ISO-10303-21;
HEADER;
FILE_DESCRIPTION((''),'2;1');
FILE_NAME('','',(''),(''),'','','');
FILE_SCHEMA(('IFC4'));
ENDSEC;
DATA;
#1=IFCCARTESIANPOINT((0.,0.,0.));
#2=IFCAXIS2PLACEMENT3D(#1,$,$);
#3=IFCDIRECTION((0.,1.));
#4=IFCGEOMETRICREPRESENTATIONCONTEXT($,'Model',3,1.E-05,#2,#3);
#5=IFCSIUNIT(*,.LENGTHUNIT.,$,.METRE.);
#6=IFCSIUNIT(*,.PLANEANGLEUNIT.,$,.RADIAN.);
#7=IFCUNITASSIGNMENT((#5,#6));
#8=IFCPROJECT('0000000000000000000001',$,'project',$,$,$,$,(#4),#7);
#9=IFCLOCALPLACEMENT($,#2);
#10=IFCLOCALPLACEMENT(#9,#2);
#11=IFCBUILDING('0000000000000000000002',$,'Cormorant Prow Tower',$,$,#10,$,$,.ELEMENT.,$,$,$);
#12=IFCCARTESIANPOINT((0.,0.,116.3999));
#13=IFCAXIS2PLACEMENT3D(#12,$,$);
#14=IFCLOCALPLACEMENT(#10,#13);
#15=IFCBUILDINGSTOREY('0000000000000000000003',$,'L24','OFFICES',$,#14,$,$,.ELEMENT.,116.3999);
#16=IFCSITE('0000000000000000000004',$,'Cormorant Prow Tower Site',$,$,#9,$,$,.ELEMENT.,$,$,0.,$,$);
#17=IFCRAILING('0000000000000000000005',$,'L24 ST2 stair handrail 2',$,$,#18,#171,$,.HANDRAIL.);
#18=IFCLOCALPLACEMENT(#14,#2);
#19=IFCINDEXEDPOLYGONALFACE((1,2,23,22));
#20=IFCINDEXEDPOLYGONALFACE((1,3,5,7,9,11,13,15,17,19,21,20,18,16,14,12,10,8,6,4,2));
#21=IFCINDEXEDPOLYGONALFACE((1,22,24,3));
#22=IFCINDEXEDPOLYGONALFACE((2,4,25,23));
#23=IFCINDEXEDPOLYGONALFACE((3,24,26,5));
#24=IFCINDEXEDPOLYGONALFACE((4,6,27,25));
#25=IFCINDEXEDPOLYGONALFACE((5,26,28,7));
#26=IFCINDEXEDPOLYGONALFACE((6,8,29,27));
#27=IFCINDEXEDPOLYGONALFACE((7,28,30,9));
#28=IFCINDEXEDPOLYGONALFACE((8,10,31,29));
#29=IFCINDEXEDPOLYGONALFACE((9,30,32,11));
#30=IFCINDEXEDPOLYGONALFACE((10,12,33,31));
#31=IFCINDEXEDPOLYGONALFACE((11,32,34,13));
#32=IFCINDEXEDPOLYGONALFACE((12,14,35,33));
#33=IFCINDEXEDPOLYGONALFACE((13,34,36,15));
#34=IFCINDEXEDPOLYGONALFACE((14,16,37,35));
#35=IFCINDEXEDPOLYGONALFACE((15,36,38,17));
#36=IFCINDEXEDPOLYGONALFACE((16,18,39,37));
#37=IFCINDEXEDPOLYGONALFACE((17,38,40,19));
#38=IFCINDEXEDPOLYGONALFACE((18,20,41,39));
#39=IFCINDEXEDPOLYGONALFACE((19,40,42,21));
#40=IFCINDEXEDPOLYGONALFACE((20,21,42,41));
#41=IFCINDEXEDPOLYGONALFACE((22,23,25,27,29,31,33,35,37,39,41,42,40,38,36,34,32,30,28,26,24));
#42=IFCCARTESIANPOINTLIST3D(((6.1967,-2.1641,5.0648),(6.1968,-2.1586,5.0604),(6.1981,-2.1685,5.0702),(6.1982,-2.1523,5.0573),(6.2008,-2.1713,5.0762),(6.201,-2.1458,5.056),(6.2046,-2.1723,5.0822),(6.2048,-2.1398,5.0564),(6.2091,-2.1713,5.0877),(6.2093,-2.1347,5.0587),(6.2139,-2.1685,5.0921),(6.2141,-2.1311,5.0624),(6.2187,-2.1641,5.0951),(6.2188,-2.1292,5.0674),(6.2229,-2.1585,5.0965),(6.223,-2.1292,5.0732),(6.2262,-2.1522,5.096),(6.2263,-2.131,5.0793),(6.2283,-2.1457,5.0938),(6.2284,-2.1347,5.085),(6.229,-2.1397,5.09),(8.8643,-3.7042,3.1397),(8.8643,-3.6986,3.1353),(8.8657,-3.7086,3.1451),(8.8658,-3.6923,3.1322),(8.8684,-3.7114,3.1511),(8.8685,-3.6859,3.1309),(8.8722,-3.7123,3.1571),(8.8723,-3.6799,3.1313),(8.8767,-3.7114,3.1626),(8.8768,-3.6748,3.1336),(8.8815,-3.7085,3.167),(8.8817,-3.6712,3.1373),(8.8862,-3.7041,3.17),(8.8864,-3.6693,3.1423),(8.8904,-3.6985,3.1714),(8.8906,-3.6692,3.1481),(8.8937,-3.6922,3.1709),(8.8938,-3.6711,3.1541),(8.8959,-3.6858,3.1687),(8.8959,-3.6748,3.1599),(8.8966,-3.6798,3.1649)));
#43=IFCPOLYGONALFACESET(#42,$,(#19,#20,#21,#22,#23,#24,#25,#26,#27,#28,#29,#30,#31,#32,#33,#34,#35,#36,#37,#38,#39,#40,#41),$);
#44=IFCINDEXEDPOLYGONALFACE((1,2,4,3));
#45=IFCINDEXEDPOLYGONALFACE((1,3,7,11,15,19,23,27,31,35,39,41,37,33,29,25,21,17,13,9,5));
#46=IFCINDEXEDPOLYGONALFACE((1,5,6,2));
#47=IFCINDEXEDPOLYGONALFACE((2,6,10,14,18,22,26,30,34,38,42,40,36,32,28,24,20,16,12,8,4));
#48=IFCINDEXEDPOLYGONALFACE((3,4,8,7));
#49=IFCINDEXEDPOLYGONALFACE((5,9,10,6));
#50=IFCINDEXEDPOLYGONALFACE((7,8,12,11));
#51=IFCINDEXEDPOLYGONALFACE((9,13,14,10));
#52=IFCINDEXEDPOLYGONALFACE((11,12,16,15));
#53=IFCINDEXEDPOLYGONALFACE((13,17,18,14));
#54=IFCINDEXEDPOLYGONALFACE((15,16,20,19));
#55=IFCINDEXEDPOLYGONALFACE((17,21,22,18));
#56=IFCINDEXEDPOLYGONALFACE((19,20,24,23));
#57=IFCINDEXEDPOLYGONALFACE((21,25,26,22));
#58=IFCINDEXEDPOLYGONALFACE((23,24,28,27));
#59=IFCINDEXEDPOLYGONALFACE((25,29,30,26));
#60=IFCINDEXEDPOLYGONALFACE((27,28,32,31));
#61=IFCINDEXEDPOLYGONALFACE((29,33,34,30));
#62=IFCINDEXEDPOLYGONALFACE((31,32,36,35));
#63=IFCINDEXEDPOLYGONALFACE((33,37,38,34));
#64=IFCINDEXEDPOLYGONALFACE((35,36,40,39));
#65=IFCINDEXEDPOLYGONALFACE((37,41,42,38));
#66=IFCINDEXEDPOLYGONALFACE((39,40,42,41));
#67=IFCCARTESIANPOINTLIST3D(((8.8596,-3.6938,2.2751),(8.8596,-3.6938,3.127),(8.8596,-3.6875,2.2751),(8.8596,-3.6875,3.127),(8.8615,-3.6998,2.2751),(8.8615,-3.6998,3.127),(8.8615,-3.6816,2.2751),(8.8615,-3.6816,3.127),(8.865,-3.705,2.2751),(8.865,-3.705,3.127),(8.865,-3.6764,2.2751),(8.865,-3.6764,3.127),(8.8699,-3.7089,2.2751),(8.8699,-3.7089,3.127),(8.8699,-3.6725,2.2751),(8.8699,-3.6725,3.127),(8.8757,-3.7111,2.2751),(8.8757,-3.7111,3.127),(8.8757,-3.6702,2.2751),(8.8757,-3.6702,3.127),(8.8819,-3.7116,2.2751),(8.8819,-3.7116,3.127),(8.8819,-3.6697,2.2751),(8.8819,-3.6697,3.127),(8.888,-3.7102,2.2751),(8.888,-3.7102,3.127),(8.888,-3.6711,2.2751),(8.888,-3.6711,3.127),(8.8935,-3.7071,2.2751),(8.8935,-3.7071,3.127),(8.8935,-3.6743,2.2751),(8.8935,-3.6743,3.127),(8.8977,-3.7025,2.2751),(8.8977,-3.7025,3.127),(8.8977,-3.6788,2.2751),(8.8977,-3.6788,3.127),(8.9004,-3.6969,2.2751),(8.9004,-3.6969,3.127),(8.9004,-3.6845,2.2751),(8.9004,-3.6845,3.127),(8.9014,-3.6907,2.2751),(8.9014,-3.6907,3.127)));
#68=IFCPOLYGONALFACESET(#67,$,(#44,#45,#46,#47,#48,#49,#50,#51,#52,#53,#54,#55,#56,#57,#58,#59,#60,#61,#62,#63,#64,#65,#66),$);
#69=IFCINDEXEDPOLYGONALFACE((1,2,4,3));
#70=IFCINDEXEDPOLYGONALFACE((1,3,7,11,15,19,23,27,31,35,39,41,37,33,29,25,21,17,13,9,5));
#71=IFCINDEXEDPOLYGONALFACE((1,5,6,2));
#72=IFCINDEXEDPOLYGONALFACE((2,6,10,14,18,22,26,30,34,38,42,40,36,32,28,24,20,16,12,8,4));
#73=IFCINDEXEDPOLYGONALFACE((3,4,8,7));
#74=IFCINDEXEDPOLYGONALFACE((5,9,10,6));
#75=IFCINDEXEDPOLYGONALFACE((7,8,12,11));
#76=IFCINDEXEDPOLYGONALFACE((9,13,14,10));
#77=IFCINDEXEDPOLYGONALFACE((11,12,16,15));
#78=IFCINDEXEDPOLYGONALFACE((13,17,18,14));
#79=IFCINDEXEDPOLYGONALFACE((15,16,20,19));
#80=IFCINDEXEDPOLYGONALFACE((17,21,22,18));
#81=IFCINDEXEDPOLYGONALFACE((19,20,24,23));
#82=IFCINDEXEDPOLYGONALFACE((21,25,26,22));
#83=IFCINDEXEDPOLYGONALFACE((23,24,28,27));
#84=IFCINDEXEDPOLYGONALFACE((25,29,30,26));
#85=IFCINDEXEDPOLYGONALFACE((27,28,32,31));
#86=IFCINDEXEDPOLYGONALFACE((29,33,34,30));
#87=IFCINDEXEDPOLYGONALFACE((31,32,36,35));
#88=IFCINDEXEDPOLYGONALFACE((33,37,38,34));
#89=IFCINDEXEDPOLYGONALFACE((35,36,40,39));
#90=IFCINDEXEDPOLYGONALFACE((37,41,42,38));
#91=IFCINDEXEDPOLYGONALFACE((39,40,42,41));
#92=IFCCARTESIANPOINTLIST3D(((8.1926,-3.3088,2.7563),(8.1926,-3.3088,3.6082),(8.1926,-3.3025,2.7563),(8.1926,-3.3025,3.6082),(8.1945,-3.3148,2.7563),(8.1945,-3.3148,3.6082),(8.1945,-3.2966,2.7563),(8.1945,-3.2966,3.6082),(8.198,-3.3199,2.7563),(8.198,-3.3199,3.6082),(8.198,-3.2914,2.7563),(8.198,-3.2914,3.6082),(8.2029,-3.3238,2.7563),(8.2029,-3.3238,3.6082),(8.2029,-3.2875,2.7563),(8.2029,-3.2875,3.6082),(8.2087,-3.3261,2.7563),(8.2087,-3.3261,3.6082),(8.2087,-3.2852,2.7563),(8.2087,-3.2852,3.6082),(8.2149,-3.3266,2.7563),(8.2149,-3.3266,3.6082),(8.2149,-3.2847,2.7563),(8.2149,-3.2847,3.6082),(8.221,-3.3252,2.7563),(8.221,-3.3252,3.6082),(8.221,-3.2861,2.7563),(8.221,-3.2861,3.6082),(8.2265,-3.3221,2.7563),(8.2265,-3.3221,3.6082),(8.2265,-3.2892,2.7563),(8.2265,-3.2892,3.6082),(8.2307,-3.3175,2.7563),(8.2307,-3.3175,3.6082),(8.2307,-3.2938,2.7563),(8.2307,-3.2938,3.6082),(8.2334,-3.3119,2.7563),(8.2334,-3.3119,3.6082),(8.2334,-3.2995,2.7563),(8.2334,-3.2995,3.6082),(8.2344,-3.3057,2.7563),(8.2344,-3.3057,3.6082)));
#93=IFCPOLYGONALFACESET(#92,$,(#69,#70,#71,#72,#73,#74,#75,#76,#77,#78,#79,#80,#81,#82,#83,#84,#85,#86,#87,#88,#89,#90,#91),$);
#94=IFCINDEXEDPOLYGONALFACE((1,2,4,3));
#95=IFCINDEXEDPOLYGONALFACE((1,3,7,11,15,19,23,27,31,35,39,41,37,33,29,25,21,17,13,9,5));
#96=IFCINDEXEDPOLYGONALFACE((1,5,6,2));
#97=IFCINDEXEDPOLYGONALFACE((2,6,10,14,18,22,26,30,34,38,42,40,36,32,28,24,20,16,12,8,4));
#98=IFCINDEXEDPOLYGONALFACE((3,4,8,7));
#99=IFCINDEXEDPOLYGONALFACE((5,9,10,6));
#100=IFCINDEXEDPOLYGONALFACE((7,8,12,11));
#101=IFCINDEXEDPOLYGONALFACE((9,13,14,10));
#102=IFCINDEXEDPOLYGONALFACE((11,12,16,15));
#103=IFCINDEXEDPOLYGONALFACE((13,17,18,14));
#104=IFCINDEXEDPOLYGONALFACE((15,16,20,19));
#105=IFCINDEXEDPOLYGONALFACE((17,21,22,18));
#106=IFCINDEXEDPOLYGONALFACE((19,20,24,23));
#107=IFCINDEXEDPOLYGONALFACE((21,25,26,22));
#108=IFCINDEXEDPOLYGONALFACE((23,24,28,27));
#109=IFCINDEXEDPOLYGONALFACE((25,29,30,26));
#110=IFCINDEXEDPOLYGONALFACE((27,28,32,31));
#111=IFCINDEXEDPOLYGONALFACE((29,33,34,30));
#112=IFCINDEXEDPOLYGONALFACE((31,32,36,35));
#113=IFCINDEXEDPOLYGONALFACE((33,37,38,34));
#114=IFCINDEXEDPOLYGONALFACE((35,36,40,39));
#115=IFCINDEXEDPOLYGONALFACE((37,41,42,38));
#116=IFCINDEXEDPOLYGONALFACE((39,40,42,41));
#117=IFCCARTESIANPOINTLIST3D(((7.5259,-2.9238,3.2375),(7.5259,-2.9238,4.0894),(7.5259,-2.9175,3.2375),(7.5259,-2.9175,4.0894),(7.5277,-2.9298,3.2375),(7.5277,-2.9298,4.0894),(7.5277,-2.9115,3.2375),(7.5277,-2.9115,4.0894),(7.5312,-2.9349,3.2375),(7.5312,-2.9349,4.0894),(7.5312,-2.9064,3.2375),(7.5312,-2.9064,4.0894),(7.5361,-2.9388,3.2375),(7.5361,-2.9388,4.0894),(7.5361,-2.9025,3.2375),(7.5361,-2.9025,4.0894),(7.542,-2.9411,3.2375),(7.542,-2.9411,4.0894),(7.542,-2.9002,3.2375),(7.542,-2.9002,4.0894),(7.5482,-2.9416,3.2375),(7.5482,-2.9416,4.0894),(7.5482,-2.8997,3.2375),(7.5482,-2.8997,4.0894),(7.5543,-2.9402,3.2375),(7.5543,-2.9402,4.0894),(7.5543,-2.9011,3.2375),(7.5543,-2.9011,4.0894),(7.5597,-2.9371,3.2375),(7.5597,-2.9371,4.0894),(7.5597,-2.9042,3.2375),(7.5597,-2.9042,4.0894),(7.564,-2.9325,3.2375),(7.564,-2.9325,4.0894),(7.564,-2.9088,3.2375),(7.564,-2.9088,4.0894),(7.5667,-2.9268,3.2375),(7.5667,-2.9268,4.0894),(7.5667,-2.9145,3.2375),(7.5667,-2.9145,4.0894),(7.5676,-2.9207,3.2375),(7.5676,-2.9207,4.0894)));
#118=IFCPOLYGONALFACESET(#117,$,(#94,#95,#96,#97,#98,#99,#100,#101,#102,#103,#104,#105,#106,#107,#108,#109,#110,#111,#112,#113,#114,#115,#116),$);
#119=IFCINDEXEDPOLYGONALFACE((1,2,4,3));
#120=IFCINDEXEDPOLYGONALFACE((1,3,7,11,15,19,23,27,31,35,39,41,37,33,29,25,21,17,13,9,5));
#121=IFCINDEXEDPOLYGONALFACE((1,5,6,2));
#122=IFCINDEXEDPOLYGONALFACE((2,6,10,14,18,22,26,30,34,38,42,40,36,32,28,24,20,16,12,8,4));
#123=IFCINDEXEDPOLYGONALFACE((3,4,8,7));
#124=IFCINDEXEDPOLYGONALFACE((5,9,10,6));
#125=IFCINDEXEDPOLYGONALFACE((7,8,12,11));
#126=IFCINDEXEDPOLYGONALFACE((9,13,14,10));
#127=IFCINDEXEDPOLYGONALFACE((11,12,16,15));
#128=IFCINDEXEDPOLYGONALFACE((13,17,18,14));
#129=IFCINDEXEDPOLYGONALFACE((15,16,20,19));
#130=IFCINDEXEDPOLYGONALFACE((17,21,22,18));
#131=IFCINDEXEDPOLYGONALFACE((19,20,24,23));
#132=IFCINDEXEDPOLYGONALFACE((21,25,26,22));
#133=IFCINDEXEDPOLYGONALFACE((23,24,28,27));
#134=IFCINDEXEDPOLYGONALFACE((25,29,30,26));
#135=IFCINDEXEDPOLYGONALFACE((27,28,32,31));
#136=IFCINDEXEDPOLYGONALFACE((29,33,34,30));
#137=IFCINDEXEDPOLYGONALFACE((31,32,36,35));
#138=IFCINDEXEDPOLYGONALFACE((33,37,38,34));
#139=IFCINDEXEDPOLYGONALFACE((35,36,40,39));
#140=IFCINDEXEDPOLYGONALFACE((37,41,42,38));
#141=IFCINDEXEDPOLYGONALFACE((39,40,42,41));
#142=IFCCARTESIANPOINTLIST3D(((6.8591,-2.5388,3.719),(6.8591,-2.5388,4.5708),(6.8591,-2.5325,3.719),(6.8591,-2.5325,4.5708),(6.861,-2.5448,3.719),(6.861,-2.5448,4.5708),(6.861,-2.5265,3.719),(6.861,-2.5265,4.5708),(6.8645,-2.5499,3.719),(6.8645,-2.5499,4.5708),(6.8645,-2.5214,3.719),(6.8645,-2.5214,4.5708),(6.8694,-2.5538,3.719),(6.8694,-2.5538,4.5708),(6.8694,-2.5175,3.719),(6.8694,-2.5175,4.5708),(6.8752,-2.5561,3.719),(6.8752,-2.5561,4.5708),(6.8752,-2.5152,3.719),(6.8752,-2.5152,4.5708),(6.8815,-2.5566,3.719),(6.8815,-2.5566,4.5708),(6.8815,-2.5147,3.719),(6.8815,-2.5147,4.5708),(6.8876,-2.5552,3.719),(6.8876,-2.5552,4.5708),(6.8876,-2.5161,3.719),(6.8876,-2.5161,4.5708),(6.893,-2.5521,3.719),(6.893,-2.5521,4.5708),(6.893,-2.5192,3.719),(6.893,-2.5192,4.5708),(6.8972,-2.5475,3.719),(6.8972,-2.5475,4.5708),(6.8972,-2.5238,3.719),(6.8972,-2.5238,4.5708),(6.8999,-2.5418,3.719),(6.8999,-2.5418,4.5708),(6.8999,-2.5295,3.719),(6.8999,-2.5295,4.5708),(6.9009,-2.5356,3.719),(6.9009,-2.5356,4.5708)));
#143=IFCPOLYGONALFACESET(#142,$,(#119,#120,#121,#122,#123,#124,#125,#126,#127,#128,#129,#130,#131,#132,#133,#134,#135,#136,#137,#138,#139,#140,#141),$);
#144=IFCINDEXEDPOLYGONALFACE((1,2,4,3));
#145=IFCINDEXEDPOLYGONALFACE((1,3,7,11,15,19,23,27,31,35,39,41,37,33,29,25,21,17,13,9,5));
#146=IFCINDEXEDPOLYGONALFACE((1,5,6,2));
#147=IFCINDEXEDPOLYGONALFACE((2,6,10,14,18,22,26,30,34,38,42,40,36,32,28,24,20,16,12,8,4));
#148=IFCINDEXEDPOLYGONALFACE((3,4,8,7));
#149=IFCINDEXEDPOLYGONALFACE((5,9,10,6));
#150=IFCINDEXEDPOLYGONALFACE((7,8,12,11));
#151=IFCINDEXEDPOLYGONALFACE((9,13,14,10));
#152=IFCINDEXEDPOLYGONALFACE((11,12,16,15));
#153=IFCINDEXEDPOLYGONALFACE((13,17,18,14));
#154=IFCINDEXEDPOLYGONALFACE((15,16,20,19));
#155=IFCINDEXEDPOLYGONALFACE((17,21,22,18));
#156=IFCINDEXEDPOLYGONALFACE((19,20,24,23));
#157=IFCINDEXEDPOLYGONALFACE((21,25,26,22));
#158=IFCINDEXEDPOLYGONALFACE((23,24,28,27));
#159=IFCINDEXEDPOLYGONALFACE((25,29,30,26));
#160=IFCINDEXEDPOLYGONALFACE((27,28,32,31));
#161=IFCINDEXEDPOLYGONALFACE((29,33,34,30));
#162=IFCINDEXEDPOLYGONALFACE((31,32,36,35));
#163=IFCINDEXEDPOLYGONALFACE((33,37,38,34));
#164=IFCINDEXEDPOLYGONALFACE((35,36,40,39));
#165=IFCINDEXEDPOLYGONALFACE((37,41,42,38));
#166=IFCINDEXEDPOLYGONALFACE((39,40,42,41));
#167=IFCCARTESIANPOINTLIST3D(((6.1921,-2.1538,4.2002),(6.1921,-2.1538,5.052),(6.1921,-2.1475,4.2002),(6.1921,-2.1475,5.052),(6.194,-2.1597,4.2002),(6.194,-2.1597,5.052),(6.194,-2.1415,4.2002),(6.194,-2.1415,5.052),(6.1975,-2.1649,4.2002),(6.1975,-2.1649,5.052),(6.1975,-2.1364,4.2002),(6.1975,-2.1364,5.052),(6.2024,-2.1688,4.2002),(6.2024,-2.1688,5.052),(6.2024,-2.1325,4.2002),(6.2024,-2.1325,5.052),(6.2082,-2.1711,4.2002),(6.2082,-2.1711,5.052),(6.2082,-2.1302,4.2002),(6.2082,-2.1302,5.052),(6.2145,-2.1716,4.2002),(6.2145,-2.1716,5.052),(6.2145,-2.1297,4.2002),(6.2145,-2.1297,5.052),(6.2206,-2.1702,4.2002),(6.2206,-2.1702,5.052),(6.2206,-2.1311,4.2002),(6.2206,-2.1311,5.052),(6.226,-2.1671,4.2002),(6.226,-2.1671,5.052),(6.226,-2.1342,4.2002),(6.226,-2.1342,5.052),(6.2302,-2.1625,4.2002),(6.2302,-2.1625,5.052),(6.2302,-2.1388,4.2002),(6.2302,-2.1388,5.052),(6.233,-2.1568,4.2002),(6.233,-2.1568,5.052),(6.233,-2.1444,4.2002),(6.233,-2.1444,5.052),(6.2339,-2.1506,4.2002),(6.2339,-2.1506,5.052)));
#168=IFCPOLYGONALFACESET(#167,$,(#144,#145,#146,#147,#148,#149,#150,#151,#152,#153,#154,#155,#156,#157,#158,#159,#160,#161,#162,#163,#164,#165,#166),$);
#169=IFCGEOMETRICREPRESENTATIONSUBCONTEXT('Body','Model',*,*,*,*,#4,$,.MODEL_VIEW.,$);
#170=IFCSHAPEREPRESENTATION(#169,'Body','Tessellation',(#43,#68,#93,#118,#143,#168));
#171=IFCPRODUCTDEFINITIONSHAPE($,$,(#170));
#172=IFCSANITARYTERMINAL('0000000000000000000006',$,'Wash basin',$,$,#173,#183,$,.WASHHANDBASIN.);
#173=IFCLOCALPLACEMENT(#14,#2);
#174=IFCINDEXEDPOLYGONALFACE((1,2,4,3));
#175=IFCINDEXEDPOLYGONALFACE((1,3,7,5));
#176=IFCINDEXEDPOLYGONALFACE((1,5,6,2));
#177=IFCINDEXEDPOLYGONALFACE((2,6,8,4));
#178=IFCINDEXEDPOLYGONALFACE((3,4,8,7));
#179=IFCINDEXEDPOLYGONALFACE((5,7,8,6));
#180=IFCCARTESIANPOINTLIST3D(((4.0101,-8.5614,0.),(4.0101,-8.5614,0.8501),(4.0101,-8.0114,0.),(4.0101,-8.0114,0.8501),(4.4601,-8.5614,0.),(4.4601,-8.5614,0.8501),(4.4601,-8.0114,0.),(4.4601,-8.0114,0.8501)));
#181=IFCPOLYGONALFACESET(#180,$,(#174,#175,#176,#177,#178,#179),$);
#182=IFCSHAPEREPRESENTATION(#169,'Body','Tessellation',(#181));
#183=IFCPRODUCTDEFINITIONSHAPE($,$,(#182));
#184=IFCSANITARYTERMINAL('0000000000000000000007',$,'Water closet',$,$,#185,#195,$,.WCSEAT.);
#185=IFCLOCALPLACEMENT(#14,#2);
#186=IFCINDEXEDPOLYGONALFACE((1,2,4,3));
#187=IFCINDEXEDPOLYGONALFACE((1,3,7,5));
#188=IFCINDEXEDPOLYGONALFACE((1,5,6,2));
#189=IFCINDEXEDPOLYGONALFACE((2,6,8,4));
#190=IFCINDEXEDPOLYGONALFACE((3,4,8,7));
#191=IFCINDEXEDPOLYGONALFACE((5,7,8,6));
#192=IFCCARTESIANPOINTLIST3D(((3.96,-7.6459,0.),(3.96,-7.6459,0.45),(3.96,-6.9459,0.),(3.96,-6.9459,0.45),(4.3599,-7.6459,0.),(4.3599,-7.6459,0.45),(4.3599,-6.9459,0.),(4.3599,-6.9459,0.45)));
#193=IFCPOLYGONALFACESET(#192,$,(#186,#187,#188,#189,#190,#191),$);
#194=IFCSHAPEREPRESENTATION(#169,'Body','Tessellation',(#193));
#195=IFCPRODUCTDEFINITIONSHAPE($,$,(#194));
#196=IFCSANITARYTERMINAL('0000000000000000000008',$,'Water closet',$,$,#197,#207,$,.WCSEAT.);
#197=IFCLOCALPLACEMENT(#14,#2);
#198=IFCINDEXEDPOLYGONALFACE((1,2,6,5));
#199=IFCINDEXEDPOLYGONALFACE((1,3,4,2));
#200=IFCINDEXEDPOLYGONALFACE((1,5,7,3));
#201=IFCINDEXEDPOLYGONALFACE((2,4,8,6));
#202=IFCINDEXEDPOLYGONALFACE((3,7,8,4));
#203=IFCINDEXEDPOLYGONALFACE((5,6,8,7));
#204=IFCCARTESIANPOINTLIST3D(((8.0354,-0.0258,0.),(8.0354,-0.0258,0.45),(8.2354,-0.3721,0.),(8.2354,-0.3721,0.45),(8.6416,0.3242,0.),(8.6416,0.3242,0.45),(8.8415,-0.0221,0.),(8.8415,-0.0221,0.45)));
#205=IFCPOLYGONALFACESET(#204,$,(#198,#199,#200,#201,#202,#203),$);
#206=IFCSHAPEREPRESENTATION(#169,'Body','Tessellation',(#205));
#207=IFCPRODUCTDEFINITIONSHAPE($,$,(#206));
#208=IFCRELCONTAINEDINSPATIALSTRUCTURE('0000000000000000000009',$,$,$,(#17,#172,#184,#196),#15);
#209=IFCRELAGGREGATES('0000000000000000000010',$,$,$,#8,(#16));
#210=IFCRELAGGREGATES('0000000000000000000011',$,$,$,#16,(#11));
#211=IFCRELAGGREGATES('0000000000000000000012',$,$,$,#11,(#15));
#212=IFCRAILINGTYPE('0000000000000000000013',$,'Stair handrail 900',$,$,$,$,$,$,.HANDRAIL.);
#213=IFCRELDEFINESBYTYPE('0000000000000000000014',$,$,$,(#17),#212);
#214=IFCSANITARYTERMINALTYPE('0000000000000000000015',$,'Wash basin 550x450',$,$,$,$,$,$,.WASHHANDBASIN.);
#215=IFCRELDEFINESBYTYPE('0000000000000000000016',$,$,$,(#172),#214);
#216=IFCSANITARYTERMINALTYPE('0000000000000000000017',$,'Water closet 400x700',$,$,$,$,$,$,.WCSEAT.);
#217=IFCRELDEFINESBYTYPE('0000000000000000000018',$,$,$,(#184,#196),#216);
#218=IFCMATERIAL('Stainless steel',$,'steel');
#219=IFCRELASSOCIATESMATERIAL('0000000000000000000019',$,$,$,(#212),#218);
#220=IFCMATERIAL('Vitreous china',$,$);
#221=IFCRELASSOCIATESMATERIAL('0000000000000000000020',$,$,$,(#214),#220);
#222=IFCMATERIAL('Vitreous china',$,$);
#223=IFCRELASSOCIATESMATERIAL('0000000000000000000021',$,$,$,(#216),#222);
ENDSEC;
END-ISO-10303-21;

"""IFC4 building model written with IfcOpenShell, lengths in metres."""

from ifc_helpers import new_model, si_unit, direction, frame, origin, origin_2d, place, context, subcontext, project, spatial, rectangle, circle, extrude, material, type_object, element, save


model = new_model("IFC4")

# Units and contexts
model_context = context("Model", 3, precision=1e-05, world=origin(), true_north=direction((0.0, 1.0)))
body_context = subcontext(model_context, "Body", "Model", "MODEL_VIEW")
ifc_project = project(units=[si_unit("LENGTHUNIT", "METRE"), si_unit("PLANEANGLEUNIT", "RADIAN")], contexts=[model_context])

# Site, building, storey
site_placement = place(None, origin())
site = spatial("IfcSite", under=ifc_project, at=site_placement, Name="Cormorant Prow Tower Site", CompositionType="ELEMENT", RefElevation=0.0)
building_placement = place(site_placement, origin())
building = spatial("IfcBuilding", under=site, at=building_placement, Name="Cormorant Prow Tower", CompositionType="ELEMENT")
storey_placement = place(building_placement, frame((0.0, 0.0, 116.3999)))
storey = spatial("IfcBuildingStorey", under=building, at=storey_placement, Name="L24", Description="OFFICES", CompositionType="ELEMENT", Elevation=116.3999)

# Railing
ifc_material_1 = material(Name="Stainless steel", Category="steel")
railing_type_1 = type_object("IfcRailingType", Name="Stair handrail 900", PredefinedType="HANDRAIL", material=ifc_material_1)
railing_1_placement = place(storey_placement, frame((8.8804, -3.6907, 2.2751)))
element("IfcRailing", 1, at=railing_1_placement, inside=storey, type_object=railing_type_1, Name="L24 ST2 stair handrail 2", PredefinedType="HANDRAIL", context=body_context, shape_type="SweptSolid", body=[
    extrude(circle(Radius=0.0239, at=origin_2d()), frame((0.0, 0.0, 0.876), z_axis=(-0.734395, 0.423994, 0.529993), x_axis=(-0.499992, -0.86603, 0.0)), (0.0, 0.0, 1.0), 3.6323),
    extrude(circle(Radius=0.021, at=origin_2d()), origin(), (0.0, 0.0, 1.0), 0.8518),
    extrude(circle(Radius=0.021, at=origin_2d()), frame((-0.667, 0.385, 0.4812)), (0.0, 0.0, 1.0), 0.8518),
    extrude(circle(Radius=0.021, at=origin_2d()), frame((-1.3337, 0.77, 0.9624)), (0.0, 0.0, 1.0), 0.8518),
    extrude(circle(Radius=0.021, at=origin_2d()), frame((-2.0005, 1.155, 1.4438)), (0.0, 0.0, 1.0), 0.8518),
    extrude(circle(Radius=0.021, at=origin_2d()), frame((-2.6675, 1.54, 1.925)), (0.0, 0.0, 1.0), 0.8518),
])

# Sanitary terminals
ifc_material_2 = material(Name="Vitreous china")
sanitary_terminal_type_1 = type_object("IfcSanitaryTerminalType", Name="Wash basin 550x450", PredefinedType="WASHHANDBASIN", material=ifc_material_2)
sanitary_terminal_placement = place(storey_placement, frame((4.2351, -8.2864, 0.0), z_axis=(0.0, 0.0, 1.0), x_axis=(0.0, 1.0, 0.0)))
element("IfcSanitaryTerminal", 2, at=sanitary_terminal_placement, inside=storey, type_object=sanitary_terminal_type_1, Name="Wash basin", PredefinedType="WASHHANDBASIN", context=body_context, shape_type="SweptSolid", body=[
    extrude(rectangle(XDim=0.55, YDim=0.45, at=origin_2d()), origin(), (0.0, 0.0, 1.0), 0.8501),
])
ifc_material_3 = material(Name="Vitreous china")
sanitary_terminal_type_2 = type_object("IfcSanitaryTerminalType", Name="Water closet 400x700", PredefinedType="WCSEAT", material=ifc_material_3)
for number, where, z_axis, x_axis, name in (
    (3, (4.1599, -7.2959, 0.0), (0.0, 0.0, 1.0), (-1.0, 0.0, 0.0), "Water closet"),
    (4, (8.4385, -0.0239, 0.0), (0.0, 0.0, 1.0), (0.5, -0.866025, 0.0), "Water closet"),
):
    element("IfcSanitaryTerminal", number, at=place(storey_placement, frame(where, z_axis=z_axis, x_axis=x_axis)), inside=storey, type_object=sanitary_terminal_type_2, Name=name, PredefinedType="WCSEAT", context=body_context, shape_type="SweptSolid", body=[
        extrude(rectangle(XDim=0.3999, YDim=0.7, at=origin_2d()), origin(), (0.0, 0.0, 1.0), 0.45),
    ])

save(model, "model.ifc")
